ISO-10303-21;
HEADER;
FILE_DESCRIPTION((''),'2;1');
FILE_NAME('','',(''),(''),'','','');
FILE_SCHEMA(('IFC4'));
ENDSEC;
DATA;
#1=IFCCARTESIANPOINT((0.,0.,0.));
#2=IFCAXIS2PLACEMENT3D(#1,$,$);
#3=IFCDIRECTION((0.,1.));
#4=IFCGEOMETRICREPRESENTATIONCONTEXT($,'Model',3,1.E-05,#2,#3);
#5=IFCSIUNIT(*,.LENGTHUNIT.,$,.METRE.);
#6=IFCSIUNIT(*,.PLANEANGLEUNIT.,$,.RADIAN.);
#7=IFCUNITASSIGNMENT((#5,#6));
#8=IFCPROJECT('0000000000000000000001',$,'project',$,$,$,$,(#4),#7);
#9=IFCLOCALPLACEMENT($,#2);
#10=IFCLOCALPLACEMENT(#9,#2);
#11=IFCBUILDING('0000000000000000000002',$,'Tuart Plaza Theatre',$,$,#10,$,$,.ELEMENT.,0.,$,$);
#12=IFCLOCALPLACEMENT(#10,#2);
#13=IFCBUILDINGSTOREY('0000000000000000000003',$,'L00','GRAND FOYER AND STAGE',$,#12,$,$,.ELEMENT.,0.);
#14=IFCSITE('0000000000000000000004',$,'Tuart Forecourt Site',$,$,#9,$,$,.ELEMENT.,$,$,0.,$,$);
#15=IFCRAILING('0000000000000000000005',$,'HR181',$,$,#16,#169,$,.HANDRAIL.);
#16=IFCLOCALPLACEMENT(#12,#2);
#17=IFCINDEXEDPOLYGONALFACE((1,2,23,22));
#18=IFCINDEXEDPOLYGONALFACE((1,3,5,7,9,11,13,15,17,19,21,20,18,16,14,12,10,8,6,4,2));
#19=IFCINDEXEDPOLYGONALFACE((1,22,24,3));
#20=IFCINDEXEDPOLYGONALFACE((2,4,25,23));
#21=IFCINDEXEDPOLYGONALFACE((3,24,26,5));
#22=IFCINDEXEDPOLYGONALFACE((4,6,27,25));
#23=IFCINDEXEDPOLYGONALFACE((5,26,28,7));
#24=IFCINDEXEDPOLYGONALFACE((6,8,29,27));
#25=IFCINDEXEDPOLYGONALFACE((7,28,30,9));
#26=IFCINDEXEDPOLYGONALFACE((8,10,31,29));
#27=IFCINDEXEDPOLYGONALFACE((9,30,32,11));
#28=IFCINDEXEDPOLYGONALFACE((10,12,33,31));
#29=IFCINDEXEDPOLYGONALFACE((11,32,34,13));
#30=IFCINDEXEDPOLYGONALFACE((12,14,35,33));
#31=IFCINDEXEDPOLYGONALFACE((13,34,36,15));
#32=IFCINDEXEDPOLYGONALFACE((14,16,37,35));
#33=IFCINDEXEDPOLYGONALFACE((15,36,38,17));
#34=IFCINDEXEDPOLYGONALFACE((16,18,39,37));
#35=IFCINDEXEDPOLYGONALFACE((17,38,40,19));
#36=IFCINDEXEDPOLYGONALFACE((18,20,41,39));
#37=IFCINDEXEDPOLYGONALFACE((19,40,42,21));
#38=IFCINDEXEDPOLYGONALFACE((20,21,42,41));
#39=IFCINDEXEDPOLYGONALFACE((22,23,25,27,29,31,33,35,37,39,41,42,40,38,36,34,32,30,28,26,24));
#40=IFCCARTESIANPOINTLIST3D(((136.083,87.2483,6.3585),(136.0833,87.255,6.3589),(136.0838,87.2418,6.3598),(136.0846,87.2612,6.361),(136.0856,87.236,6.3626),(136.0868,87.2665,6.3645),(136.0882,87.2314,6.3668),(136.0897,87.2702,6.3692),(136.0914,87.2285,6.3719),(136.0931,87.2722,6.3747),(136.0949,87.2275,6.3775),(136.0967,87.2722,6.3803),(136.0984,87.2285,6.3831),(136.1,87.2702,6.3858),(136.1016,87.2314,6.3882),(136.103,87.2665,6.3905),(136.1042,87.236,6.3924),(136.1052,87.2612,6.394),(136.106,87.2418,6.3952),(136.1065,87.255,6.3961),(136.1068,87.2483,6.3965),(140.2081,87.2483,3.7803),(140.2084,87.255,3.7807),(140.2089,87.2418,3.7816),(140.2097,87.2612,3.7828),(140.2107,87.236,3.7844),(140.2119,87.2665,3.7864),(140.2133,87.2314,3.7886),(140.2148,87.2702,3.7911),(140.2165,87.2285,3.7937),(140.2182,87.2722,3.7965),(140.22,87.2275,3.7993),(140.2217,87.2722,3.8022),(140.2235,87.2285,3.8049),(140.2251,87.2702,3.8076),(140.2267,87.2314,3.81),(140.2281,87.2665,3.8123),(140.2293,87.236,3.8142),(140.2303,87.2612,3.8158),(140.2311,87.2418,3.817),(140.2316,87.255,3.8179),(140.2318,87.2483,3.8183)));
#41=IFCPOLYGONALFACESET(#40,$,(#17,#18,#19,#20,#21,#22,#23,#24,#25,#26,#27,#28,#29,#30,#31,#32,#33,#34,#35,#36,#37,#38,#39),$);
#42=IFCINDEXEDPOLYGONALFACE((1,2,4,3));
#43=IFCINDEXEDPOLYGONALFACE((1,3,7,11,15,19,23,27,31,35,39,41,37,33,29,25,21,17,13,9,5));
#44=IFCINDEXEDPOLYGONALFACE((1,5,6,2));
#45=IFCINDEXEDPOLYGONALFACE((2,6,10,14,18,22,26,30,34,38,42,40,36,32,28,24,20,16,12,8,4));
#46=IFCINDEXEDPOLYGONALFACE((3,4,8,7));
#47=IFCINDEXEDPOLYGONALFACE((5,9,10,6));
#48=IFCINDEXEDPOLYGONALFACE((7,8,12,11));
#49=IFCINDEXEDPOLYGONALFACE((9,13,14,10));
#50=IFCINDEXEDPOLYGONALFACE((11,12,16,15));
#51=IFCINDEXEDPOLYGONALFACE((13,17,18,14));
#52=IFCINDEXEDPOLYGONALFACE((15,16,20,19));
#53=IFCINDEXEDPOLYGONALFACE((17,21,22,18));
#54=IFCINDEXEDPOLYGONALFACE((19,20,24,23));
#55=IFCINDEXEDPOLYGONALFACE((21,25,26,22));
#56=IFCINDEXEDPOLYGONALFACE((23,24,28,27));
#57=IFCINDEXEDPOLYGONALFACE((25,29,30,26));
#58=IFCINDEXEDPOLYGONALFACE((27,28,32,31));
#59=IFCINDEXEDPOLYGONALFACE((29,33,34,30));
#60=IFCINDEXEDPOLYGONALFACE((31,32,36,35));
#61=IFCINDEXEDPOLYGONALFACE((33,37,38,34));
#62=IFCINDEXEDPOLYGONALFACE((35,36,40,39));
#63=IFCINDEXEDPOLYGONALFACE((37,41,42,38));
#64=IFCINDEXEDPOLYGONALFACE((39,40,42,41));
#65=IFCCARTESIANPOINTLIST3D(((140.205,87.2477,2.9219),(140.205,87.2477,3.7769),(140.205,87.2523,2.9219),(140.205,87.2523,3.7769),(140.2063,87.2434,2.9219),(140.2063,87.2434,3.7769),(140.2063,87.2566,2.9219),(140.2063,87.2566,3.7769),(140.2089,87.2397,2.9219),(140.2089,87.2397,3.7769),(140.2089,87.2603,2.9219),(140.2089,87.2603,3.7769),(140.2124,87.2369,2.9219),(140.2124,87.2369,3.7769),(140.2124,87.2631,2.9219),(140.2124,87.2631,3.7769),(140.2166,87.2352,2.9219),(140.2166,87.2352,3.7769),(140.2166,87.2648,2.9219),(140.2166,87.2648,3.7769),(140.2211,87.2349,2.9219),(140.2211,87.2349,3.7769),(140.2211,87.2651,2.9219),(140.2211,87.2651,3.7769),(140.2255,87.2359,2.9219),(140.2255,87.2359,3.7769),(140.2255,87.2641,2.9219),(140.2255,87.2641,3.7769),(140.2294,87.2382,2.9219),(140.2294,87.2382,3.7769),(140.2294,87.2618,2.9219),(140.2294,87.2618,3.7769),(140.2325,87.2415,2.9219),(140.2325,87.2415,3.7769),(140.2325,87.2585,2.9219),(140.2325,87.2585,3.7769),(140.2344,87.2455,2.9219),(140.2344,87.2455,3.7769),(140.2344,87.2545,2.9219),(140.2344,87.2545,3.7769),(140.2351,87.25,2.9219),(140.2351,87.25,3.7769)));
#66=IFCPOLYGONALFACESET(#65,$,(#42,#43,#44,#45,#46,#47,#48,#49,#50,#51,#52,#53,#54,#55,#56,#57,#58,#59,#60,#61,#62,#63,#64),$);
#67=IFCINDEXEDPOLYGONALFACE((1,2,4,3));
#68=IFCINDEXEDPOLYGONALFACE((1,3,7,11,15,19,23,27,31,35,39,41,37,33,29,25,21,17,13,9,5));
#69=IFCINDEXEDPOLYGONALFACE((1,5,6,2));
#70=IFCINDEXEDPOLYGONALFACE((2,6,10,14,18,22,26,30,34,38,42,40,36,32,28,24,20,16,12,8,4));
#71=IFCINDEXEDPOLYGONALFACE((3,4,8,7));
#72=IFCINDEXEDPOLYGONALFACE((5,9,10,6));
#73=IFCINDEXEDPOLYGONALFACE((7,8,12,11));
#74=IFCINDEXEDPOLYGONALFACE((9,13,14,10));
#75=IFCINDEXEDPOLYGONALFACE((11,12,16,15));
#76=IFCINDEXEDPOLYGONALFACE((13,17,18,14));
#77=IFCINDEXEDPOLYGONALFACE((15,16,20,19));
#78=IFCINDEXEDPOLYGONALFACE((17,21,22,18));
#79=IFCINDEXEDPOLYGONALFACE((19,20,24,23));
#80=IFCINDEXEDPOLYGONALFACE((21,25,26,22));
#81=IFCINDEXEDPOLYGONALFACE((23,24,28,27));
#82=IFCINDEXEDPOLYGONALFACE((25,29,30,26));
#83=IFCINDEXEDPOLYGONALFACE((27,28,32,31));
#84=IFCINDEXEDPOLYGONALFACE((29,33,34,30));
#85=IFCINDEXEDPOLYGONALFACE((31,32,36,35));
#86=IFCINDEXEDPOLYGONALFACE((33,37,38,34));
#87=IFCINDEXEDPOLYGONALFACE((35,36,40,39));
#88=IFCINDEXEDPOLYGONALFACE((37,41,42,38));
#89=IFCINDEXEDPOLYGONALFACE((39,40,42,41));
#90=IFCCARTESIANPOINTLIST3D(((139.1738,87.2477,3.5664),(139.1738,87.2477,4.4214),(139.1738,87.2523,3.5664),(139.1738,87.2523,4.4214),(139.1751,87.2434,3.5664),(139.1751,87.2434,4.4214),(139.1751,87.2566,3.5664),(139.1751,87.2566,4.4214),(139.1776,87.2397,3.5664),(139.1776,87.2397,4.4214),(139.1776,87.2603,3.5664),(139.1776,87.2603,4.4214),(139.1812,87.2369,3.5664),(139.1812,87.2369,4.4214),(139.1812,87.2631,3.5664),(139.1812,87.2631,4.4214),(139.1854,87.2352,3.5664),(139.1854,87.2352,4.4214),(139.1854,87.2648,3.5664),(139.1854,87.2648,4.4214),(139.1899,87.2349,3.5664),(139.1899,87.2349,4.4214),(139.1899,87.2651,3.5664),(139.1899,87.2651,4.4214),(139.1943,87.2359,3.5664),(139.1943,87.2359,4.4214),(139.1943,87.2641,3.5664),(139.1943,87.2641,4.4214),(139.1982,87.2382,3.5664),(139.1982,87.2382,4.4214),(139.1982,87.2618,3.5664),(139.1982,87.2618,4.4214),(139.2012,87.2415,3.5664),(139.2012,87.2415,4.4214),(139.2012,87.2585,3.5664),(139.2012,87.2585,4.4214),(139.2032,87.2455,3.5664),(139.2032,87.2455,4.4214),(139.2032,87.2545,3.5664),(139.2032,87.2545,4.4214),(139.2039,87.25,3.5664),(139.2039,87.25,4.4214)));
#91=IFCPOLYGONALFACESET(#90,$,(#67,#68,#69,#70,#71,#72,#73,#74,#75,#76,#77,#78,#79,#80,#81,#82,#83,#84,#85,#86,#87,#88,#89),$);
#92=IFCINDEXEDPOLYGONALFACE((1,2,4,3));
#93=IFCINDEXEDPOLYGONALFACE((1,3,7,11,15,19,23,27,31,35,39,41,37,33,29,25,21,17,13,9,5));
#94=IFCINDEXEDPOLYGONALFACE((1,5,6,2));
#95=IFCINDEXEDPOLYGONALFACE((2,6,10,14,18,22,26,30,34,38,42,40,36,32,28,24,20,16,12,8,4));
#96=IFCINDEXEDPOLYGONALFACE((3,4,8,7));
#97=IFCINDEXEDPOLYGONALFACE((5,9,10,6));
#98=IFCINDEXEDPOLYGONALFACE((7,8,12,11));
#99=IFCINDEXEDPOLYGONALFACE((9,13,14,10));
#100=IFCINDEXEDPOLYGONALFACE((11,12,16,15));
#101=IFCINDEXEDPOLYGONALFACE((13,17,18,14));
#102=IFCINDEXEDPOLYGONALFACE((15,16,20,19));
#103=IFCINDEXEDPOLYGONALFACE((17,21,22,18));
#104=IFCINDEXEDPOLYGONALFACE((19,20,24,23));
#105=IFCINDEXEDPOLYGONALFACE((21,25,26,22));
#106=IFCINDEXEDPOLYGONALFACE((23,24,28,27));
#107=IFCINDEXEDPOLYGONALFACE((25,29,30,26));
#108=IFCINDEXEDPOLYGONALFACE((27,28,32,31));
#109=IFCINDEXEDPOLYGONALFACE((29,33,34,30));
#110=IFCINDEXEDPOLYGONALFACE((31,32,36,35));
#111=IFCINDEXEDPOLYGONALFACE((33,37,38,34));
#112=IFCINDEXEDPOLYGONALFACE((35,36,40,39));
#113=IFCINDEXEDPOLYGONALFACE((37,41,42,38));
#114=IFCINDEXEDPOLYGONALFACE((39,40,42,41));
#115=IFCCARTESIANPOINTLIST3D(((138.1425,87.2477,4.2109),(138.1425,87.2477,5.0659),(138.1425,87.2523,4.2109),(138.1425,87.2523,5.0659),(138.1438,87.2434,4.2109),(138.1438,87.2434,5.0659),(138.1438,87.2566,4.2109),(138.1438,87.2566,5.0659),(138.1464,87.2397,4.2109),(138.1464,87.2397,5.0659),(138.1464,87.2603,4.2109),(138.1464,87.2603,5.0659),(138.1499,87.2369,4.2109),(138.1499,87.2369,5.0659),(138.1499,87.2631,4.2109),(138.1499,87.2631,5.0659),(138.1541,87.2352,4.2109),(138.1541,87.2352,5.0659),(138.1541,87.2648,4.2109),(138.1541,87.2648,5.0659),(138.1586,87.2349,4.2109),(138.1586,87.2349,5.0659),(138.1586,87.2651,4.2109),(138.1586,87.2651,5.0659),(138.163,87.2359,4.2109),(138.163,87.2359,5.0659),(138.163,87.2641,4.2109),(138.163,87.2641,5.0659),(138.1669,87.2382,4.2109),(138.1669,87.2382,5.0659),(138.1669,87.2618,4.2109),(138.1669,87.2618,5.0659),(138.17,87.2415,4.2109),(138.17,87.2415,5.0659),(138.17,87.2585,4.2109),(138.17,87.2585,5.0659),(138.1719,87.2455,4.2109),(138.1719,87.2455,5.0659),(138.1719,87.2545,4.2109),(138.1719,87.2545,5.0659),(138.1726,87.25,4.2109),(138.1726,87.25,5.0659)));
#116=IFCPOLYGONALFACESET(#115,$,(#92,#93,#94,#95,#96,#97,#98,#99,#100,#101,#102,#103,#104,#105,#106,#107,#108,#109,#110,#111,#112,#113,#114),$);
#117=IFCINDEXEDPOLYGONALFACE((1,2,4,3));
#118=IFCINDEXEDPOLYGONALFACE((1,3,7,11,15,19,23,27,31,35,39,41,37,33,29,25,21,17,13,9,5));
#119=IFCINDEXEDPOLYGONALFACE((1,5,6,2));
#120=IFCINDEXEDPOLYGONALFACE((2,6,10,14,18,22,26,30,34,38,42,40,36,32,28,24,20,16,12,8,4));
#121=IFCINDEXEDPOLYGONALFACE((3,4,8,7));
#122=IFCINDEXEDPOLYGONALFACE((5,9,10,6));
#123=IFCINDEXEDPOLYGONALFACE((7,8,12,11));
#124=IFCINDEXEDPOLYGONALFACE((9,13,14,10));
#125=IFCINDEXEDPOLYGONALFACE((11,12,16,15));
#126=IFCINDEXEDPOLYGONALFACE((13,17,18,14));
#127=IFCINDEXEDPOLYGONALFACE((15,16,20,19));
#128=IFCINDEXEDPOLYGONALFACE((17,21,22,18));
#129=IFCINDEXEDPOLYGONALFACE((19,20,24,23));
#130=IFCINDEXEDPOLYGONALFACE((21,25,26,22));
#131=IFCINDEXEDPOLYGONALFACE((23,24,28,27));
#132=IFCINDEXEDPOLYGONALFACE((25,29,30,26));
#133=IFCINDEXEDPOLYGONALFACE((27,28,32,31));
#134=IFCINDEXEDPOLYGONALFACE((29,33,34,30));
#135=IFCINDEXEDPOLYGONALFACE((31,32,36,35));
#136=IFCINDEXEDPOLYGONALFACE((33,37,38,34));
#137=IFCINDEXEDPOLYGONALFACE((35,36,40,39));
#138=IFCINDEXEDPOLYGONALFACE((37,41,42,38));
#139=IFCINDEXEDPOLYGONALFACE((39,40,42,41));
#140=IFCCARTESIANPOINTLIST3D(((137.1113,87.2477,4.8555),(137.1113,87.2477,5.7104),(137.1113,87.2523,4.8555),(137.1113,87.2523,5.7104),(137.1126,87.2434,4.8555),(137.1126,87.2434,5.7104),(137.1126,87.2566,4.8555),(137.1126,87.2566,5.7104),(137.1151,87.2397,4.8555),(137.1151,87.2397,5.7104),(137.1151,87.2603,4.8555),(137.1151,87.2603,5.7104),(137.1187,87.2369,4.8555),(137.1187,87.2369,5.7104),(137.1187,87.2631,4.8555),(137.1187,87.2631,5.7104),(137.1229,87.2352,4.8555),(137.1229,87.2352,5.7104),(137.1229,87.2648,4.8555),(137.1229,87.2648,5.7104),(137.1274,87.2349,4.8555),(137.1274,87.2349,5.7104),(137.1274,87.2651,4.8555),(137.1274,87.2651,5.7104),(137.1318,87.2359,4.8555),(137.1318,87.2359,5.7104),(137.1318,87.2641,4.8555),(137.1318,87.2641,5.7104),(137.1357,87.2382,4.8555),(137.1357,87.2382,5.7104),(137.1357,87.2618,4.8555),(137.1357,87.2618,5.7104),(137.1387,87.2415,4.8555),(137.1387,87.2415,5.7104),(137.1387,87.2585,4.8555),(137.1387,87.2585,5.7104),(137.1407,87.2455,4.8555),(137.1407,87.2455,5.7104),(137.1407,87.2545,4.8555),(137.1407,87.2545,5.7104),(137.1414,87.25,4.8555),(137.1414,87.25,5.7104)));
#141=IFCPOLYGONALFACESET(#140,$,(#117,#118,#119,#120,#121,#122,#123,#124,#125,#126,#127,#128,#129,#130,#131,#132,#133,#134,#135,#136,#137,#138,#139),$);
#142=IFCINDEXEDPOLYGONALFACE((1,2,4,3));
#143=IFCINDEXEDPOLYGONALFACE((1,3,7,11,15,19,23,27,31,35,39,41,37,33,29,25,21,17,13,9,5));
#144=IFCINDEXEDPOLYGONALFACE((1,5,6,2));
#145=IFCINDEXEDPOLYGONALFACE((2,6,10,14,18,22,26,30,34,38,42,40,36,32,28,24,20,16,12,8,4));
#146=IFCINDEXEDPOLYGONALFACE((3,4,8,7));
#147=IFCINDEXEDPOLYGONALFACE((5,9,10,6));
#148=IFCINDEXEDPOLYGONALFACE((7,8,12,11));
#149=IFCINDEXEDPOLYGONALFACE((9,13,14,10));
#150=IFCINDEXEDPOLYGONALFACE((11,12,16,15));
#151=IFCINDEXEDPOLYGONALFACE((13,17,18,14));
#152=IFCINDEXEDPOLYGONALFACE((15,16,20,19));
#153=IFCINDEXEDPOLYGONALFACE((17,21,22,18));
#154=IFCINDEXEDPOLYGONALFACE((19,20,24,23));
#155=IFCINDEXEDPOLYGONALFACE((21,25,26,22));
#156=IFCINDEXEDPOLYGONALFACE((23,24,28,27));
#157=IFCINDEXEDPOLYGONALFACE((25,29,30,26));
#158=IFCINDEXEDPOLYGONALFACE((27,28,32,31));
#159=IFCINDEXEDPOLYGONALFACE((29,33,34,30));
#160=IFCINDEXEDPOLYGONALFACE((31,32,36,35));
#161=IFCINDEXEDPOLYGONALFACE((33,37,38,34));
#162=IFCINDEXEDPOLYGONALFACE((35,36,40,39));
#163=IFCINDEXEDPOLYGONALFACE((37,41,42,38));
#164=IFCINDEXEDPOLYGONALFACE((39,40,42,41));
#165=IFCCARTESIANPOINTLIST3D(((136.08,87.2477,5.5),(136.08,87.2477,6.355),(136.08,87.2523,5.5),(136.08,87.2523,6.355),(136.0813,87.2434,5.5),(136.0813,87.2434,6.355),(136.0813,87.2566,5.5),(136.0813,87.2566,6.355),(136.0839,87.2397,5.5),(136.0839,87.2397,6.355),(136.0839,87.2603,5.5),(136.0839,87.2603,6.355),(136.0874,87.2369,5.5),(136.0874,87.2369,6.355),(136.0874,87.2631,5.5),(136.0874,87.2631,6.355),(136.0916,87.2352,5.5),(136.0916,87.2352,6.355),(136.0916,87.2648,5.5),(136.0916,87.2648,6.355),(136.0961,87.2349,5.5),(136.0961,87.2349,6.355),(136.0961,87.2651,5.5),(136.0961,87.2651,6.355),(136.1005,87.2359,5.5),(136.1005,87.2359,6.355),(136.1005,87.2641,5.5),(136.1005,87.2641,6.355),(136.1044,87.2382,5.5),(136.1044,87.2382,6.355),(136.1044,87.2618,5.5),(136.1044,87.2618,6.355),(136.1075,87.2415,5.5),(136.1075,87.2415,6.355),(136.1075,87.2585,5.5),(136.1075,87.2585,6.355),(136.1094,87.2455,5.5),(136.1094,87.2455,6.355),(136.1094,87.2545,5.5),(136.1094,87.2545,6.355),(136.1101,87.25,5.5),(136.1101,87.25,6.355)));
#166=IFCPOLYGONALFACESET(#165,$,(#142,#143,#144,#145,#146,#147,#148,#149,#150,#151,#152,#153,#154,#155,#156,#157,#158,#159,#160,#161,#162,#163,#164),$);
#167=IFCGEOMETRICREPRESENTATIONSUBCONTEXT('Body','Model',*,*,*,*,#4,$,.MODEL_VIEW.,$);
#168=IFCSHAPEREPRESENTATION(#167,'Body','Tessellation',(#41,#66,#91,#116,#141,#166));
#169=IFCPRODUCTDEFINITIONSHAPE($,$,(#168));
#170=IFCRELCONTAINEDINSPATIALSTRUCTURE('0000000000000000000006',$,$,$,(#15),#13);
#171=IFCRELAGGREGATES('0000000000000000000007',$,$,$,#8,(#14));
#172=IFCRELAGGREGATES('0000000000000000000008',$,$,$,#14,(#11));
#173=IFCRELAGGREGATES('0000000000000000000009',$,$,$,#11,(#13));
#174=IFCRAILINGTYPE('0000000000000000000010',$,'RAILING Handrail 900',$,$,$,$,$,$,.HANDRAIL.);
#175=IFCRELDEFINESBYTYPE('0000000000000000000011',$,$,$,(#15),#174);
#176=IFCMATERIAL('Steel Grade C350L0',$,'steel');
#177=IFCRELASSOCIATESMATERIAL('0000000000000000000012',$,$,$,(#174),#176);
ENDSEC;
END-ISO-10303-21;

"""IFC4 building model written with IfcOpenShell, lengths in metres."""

from ifc_helpers import new_model, si_unit, direction, frame, origin, origin_2d, place, context, subcontext, project, spatial, circle, extrude, material, type_object, element, save


model = new_model("IFC4")

# Units and contexts
model_context = context("Model", 3, precision=1e-05, world=origin(), true_north=direction((0.0, 1.0)))
body_context = subcontext(model_context, "Body", "Model", "MODEL_VIEW")
ifc_project = project(units=[si_unit("LENGTHUNIT", "METRE"), si_unit("PLANEANGLEUNIT", "RADIAN")], contexts=[model_context])

# Site, building, storey
site_placement = place(None, origin())
site = spatial("IfcSite", under=ifc_project, at=site_placement, Name="Tuart Forecourt Site", CompositionType="ELEMENT", RefElevation=0.0)
building_placement = place(site_placement, origin())
building = spatial("IfcBuilding", under=site, at=building_placement, Name="Tuart Plaza Theatre", CompositionType="ELEMENT", ElevationOfRefHeight=0.0)
storey_placement = place(building_placement, origin())
storey = spatial("IfcBuildingStorey", under=building, at=storey_placement, Name="L00", Description="GRAND FOYER AND STAGE", CompositionType="ELEMENT", Elevation=0.0)

# Railing
ifc_material_1 = material(Name="Steel Grade C350L0", Category="steel")
railing_type_1 = type_object("IfcRailingType", Name="RAILING Handrail 900", PredefinedType="HANDRAIL", material=ifc_material_1)
railing_1_placement = place(storey_placement, frame((140.22, 87.25, 2.9219)))
element("IfcRailing", 1, at=railing_1_placement, inside=storey, type_object=railing_type_1, Name="HR181", PredefinedType="HANDRAIL", context=body_context, shape_type="SweptSolid", body=[
    extrude(circle(Radius=0.0225, at=origin_2d()), frame((0.0, 0.0, 0.8774), z_axis=(-0.847998, 0.0, 0.529999), x_axis=(0.0, -1.0, 0.0)), (0.0, 0.0, 1.0), 4.8645),
    extrude(circle(Radius=0.0151, at=origin_2d()), origin(), (0.0, 0.0, 1.0), 0.855),
    extrude(circle(Radius=0.0151, at=origin_2d()), frame((-1.0312, 0.0, 0.6445)), (0.0, 0.0, 1.0), 0.855),
    extrude(circle(Radius=0.0151, at=origin_2d()), frame((-2.0625, 0.0, 1.2891)), (0.0, 0.0, 1.0), 0.855),
    extrude(circle(Radius=0.0151, at=origin_2d()), frame((-3.0938, 0.0, 1.9336)), (0.0, 0.0, 1.0), 0.855),
    extrude(circle(Radius=0.0151, at=origin_2d()), frame((-4.125, 0.0, 2.5781)), (0.0, 0.0, 1.0), 0.855),
])

save(model, "model.ifc")
